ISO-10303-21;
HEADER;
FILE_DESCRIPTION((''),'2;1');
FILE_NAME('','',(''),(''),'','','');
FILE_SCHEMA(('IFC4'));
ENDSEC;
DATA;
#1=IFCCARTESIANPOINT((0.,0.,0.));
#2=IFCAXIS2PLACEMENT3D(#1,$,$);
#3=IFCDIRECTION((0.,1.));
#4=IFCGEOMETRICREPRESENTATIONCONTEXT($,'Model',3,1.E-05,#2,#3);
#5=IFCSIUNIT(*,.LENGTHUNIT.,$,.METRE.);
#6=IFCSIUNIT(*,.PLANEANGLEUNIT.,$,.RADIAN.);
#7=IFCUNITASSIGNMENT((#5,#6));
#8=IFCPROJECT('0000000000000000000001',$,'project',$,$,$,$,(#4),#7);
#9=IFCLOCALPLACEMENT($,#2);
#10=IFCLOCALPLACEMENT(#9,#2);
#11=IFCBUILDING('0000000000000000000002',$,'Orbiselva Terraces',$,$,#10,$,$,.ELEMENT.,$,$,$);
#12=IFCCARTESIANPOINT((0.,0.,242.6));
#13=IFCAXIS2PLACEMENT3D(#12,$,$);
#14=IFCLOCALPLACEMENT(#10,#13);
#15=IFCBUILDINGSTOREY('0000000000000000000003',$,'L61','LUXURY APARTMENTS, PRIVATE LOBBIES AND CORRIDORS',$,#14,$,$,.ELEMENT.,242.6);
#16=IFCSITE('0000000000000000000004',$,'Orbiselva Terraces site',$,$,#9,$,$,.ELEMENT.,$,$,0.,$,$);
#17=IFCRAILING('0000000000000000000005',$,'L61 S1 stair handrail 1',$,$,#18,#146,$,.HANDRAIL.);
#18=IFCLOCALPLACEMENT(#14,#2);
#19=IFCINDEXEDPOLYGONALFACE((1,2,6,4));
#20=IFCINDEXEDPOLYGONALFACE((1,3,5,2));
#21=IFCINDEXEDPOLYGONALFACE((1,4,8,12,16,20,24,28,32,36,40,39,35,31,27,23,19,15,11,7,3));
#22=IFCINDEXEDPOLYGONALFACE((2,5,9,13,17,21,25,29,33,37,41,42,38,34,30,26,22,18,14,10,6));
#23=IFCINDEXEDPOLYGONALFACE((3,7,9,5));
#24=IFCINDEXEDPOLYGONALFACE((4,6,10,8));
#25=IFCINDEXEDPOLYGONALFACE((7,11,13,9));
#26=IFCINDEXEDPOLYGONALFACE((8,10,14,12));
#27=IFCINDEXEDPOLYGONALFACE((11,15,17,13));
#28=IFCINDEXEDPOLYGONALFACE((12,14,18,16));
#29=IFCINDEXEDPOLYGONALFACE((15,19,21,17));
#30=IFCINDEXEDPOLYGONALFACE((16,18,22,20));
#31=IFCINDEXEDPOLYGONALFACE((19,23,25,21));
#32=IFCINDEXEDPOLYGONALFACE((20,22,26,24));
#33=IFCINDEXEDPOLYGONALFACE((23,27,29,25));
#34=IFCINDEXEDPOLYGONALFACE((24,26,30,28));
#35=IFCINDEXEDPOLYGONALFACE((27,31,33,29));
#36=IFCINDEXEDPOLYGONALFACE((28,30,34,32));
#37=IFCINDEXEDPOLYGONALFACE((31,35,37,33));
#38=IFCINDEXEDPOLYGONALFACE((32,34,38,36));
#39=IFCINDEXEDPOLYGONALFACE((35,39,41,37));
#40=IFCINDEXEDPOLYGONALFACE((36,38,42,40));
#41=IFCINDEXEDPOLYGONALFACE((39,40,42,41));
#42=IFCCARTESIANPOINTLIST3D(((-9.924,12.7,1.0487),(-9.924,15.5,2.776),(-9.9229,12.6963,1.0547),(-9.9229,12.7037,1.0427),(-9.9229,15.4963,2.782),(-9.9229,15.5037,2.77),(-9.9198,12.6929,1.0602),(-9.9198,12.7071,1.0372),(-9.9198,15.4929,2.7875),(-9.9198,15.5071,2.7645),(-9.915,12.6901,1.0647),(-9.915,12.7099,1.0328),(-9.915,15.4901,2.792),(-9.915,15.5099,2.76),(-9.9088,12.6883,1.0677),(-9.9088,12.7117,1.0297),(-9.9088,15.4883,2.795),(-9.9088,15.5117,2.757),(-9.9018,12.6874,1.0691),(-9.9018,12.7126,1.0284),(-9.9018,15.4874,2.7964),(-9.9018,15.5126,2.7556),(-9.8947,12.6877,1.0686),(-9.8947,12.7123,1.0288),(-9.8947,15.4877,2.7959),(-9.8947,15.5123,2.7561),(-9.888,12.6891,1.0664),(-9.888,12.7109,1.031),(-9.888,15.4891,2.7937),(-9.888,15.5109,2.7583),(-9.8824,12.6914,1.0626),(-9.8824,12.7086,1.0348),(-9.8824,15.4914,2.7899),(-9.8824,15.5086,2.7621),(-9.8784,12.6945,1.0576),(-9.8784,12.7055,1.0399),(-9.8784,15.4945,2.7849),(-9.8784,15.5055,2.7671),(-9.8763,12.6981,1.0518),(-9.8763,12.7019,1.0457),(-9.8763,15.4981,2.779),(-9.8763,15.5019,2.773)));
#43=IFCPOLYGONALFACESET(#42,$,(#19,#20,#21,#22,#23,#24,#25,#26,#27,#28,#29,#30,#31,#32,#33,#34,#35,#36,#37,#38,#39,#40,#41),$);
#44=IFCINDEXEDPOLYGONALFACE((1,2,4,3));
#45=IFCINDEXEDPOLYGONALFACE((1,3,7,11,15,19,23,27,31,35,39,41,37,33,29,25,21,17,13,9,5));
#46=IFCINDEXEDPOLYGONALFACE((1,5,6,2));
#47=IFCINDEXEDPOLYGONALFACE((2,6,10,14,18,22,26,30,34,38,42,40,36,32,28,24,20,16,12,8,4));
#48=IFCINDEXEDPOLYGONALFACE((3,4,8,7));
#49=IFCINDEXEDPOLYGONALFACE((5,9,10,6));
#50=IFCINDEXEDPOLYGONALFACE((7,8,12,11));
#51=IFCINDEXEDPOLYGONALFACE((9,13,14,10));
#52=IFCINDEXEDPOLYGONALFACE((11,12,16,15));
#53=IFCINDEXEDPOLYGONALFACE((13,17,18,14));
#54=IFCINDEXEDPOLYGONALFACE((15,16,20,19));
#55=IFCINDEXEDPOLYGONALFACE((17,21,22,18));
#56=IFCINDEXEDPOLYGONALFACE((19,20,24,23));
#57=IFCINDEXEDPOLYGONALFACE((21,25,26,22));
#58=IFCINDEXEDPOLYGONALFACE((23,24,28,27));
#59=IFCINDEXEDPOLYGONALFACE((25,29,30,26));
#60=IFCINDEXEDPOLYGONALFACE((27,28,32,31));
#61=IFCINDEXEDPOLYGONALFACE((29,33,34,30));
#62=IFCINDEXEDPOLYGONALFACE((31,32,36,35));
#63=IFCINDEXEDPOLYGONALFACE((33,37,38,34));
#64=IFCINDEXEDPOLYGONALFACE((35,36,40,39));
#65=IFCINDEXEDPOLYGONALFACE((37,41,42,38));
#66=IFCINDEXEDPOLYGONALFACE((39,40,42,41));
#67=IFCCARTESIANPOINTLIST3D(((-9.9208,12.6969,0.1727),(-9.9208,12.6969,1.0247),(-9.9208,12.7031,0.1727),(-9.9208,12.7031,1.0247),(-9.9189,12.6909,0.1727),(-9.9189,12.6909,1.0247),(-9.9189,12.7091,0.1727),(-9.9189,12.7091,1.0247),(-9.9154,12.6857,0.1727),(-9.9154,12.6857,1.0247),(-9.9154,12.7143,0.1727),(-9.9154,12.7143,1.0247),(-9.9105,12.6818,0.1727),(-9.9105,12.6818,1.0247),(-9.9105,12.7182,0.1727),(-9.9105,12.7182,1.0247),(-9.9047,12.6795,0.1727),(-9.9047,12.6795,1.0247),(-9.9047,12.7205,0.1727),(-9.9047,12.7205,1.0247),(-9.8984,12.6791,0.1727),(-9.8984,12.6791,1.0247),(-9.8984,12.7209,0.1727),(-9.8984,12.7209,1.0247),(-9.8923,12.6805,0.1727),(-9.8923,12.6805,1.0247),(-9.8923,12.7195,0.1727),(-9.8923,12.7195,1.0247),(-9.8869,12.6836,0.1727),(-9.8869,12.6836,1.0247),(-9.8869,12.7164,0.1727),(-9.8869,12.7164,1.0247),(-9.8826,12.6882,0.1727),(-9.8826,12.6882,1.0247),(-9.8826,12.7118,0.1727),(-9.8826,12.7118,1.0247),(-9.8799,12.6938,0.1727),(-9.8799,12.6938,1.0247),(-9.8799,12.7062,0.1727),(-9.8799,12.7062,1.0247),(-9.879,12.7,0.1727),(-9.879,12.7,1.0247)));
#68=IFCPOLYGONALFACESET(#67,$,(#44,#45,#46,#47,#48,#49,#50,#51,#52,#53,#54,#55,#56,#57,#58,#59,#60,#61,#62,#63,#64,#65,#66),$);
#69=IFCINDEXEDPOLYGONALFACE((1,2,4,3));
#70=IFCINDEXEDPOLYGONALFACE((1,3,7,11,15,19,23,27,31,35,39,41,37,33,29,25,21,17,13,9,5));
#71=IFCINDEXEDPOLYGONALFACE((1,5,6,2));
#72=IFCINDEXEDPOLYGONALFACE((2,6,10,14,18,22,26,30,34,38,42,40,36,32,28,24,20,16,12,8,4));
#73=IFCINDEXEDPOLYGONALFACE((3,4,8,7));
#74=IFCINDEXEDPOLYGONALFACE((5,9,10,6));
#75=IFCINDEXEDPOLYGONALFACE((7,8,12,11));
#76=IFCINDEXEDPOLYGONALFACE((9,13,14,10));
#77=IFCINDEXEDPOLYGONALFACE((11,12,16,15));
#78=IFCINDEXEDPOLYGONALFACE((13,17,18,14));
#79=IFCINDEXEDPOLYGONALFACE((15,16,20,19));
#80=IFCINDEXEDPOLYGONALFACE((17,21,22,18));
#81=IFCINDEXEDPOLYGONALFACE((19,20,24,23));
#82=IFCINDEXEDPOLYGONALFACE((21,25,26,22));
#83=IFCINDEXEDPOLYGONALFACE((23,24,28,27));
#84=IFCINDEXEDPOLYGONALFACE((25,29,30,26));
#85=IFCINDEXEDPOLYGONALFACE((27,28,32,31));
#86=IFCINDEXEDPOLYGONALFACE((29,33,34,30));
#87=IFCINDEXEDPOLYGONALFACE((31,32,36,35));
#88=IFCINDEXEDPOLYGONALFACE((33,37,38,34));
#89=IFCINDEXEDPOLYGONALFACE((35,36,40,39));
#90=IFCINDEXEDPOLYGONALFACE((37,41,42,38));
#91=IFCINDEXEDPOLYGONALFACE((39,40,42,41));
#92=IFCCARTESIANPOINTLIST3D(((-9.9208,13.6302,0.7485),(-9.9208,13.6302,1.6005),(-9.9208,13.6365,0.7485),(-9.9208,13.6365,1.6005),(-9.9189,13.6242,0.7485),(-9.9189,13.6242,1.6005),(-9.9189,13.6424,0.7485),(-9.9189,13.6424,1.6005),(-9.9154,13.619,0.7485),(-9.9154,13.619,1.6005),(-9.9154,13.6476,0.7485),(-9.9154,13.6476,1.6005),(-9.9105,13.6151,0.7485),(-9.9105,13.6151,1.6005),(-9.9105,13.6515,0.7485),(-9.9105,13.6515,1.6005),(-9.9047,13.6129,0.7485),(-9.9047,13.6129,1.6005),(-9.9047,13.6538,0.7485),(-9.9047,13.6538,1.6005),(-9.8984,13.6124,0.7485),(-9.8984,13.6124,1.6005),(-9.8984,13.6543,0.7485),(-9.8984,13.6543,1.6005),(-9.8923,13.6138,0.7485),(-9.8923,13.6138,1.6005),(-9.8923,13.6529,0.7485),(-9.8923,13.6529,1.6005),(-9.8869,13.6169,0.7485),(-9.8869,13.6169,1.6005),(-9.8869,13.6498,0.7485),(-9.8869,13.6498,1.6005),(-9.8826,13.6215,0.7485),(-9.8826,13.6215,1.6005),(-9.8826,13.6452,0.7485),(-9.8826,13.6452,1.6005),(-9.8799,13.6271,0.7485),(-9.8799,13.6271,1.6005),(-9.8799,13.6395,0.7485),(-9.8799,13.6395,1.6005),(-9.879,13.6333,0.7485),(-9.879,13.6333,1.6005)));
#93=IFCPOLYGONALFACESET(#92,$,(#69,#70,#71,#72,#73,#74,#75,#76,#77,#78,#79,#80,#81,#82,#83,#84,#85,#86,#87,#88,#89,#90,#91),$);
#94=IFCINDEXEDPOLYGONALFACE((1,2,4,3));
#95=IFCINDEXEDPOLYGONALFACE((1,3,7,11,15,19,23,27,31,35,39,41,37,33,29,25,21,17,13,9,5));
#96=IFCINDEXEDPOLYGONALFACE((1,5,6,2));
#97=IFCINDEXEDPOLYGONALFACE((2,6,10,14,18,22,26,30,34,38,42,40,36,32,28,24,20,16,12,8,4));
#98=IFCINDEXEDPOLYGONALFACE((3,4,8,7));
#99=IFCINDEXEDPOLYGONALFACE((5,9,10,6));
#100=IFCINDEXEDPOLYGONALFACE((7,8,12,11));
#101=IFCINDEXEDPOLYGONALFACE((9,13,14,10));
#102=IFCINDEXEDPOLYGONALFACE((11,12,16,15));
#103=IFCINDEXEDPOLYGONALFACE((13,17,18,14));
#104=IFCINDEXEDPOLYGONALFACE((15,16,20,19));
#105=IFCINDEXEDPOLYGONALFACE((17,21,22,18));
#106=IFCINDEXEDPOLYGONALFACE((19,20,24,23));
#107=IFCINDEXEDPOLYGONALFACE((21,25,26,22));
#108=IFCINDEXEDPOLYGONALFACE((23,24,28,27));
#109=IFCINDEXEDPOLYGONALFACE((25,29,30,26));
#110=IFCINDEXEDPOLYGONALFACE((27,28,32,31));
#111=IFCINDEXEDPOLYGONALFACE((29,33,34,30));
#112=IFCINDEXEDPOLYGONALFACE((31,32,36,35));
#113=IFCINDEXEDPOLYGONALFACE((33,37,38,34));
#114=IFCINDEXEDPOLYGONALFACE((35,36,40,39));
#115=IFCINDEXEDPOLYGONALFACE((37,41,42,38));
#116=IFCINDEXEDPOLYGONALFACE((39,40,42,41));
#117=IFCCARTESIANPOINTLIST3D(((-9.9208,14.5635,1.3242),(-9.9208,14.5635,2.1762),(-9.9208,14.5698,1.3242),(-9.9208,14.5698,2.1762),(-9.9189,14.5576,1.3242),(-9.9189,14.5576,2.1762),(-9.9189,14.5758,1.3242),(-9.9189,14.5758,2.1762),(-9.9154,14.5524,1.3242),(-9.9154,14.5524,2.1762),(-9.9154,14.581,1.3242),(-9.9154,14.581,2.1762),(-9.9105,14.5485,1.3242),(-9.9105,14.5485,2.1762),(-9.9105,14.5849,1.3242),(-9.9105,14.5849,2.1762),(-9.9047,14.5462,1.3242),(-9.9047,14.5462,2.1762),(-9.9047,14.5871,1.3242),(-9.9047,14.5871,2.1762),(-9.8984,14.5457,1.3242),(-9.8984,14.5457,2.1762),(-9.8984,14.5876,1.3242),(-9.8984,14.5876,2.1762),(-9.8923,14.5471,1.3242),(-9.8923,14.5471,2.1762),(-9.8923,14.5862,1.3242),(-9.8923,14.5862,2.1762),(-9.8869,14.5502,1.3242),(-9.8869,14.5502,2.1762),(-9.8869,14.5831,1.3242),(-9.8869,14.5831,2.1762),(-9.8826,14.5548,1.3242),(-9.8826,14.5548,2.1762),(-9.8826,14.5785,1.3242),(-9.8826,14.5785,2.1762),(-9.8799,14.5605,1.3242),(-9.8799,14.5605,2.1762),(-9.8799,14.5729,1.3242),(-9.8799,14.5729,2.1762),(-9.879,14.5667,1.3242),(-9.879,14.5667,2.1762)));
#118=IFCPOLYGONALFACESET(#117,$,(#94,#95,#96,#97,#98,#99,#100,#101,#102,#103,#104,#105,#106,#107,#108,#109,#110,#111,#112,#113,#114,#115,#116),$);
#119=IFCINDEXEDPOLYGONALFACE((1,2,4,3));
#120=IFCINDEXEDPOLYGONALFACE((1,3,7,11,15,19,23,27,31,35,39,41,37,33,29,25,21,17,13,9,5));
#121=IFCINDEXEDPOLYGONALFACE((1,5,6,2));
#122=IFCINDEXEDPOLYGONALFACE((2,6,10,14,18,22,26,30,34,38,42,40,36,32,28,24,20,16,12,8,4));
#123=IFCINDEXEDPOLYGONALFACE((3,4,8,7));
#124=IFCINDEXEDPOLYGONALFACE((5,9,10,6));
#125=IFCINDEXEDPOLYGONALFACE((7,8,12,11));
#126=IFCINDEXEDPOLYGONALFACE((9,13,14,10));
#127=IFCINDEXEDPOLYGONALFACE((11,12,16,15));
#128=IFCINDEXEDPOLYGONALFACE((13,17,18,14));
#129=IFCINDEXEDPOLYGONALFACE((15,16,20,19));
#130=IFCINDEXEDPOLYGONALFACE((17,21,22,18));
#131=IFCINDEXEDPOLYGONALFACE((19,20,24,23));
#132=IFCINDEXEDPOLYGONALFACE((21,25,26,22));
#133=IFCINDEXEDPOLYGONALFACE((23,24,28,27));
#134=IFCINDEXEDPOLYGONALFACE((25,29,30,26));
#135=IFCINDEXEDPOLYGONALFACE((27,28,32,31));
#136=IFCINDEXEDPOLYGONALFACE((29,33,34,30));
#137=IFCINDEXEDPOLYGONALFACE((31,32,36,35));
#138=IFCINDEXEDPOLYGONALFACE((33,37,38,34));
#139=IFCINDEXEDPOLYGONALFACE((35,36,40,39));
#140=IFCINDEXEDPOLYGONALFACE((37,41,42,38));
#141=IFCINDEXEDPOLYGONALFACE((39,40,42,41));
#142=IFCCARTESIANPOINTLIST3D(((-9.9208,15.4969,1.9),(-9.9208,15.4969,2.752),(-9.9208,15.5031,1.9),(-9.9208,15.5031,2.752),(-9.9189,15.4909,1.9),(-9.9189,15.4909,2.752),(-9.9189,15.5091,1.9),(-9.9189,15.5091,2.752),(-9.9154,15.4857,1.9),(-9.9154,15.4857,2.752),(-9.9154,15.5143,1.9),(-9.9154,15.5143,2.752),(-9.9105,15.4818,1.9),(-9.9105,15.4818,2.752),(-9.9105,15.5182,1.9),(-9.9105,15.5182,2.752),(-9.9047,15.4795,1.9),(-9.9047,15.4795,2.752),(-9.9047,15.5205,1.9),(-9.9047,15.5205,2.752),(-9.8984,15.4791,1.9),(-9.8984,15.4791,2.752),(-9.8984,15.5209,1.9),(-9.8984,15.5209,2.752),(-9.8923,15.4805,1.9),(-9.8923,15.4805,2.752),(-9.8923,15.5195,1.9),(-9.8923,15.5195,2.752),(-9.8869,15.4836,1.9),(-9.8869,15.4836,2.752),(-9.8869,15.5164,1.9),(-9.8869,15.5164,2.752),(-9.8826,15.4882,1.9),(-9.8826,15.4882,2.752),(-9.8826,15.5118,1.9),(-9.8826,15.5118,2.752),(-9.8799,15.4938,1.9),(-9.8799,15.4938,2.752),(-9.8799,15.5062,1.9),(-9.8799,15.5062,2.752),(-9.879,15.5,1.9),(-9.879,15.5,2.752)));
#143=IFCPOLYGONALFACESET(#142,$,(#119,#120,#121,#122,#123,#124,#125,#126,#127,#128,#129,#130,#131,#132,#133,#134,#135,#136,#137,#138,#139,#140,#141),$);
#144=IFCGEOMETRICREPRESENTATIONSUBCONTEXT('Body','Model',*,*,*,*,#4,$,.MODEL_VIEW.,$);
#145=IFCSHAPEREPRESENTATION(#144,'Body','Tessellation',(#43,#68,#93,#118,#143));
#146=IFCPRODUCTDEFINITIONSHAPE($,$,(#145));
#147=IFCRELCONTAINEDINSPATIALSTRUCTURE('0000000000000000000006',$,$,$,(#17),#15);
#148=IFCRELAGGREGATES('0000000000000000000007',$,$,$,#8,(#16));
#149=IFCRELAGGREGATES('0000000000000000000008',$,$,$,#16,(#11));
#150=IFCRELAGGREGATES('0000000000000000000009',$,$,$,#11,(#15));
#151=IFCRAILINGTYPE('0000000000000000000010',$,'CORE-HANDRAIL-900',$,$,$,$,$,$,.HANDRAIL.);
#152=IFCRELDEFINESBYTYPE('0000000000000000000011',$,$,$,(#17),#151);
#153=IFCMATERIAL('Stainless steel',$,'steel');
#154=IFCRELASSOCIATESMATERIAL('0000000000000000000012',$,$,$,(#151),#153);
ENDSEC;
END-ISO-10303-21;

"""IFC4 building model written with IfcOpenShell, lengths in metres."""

from ifc_helpers import new_model, si_unit, direction, frame, origin, origin_2d, place, context, subcontext, project, spatial, circle, extrude, material, type_object, element, save


model = new_model("IFC4")

# Units and contexts
model_context = context("Model", 3, precision=1e-05, world=origin(), true_north=direction((0.0, 1.0)))
body_context = subcontext(model_context, "Body", "Model", "MODEL_VIEW")
ifc_project = project(units=[si_unit("LENGTHUNIT", "METRE"), si_unit("PLANEANGLEUNIT", "RADIAN")], contexts=[model_context])

# Site, building, storey
site_placement = place(None, origin())
site = spatial("IfcSite", under=ifc_project, at=site_placement, Name="Orbiselva Terraces site", CompositionType="ELEMENT", RefElevation=0.0)
building_placement = place(site_placement, origin())
building = spatial("IfcBuilding", under=site, at=building_placement, Name="Orbiselva Terraces", CompositionType="ELEMENT")
storey_placement = place(building_placement, frame((0.0, 0.0, 242.6)))
storey = spatial("IfcBuildingStorey", under=building, at=storey_placement, Name="L61", Description="LUXURY APARTMENTS, PRIVATE LOBBIES AND CORRIDORS", CompositionType="ELEMENT", Elevation=242.6)

# Railing
ifc_material_1 = material(Name="Stainless steel", Category="steel")
railing_type_1 = type_object("IfcRailingType", Name="CORE-HANDRAIL-900", PredefinedType="HANDRAIL", material=ifc_material_1)
railing_1_placement = place(storey_placement, frame((-9.9, 12.7, 0.1727)))
element("IfcRailing", 1, at=railing_1_placement, inside=storey, type_object=railing_type_1, Name="L61 S1 stair handrail 1", PredefinedType="HANDRAIL", context=body_context, shape_type="SweptSolid", body=[
    extrude(circle(Radius=0.024, at=origin_2d()), frame((0.0, 0.0, 0.876), z_axis=(0.0, 0.851089, 0.525022), x_axis=(-1.0, 0.0, 0.0)), (0.0, 0.0, 1.0), 3.2899),
    extrude(circle(Radius=0.021, at=origin_2d()), origin(), (0.0, 0.0, 1.0), 0.852),
    extrude(circle(Radius=0.021, at=origin_2d()), frame((0.0, 0.9333, 0.5758)), (0.0, 0.0, 1.0), 0.852),
    extrude(circle(Radius=0.021, at=origin_2d()), frame((0.0, 1.8667, 1.1515)), (0.0, 0.0, 1.0), 0.852),
    extrude(circle(Radius=0.021, at=origin_2d()), frame((0.0, 2.8, 1.7273)), (0.0, 0.0, 1.0), 0.852),
])

save(model, "model.ifc")
